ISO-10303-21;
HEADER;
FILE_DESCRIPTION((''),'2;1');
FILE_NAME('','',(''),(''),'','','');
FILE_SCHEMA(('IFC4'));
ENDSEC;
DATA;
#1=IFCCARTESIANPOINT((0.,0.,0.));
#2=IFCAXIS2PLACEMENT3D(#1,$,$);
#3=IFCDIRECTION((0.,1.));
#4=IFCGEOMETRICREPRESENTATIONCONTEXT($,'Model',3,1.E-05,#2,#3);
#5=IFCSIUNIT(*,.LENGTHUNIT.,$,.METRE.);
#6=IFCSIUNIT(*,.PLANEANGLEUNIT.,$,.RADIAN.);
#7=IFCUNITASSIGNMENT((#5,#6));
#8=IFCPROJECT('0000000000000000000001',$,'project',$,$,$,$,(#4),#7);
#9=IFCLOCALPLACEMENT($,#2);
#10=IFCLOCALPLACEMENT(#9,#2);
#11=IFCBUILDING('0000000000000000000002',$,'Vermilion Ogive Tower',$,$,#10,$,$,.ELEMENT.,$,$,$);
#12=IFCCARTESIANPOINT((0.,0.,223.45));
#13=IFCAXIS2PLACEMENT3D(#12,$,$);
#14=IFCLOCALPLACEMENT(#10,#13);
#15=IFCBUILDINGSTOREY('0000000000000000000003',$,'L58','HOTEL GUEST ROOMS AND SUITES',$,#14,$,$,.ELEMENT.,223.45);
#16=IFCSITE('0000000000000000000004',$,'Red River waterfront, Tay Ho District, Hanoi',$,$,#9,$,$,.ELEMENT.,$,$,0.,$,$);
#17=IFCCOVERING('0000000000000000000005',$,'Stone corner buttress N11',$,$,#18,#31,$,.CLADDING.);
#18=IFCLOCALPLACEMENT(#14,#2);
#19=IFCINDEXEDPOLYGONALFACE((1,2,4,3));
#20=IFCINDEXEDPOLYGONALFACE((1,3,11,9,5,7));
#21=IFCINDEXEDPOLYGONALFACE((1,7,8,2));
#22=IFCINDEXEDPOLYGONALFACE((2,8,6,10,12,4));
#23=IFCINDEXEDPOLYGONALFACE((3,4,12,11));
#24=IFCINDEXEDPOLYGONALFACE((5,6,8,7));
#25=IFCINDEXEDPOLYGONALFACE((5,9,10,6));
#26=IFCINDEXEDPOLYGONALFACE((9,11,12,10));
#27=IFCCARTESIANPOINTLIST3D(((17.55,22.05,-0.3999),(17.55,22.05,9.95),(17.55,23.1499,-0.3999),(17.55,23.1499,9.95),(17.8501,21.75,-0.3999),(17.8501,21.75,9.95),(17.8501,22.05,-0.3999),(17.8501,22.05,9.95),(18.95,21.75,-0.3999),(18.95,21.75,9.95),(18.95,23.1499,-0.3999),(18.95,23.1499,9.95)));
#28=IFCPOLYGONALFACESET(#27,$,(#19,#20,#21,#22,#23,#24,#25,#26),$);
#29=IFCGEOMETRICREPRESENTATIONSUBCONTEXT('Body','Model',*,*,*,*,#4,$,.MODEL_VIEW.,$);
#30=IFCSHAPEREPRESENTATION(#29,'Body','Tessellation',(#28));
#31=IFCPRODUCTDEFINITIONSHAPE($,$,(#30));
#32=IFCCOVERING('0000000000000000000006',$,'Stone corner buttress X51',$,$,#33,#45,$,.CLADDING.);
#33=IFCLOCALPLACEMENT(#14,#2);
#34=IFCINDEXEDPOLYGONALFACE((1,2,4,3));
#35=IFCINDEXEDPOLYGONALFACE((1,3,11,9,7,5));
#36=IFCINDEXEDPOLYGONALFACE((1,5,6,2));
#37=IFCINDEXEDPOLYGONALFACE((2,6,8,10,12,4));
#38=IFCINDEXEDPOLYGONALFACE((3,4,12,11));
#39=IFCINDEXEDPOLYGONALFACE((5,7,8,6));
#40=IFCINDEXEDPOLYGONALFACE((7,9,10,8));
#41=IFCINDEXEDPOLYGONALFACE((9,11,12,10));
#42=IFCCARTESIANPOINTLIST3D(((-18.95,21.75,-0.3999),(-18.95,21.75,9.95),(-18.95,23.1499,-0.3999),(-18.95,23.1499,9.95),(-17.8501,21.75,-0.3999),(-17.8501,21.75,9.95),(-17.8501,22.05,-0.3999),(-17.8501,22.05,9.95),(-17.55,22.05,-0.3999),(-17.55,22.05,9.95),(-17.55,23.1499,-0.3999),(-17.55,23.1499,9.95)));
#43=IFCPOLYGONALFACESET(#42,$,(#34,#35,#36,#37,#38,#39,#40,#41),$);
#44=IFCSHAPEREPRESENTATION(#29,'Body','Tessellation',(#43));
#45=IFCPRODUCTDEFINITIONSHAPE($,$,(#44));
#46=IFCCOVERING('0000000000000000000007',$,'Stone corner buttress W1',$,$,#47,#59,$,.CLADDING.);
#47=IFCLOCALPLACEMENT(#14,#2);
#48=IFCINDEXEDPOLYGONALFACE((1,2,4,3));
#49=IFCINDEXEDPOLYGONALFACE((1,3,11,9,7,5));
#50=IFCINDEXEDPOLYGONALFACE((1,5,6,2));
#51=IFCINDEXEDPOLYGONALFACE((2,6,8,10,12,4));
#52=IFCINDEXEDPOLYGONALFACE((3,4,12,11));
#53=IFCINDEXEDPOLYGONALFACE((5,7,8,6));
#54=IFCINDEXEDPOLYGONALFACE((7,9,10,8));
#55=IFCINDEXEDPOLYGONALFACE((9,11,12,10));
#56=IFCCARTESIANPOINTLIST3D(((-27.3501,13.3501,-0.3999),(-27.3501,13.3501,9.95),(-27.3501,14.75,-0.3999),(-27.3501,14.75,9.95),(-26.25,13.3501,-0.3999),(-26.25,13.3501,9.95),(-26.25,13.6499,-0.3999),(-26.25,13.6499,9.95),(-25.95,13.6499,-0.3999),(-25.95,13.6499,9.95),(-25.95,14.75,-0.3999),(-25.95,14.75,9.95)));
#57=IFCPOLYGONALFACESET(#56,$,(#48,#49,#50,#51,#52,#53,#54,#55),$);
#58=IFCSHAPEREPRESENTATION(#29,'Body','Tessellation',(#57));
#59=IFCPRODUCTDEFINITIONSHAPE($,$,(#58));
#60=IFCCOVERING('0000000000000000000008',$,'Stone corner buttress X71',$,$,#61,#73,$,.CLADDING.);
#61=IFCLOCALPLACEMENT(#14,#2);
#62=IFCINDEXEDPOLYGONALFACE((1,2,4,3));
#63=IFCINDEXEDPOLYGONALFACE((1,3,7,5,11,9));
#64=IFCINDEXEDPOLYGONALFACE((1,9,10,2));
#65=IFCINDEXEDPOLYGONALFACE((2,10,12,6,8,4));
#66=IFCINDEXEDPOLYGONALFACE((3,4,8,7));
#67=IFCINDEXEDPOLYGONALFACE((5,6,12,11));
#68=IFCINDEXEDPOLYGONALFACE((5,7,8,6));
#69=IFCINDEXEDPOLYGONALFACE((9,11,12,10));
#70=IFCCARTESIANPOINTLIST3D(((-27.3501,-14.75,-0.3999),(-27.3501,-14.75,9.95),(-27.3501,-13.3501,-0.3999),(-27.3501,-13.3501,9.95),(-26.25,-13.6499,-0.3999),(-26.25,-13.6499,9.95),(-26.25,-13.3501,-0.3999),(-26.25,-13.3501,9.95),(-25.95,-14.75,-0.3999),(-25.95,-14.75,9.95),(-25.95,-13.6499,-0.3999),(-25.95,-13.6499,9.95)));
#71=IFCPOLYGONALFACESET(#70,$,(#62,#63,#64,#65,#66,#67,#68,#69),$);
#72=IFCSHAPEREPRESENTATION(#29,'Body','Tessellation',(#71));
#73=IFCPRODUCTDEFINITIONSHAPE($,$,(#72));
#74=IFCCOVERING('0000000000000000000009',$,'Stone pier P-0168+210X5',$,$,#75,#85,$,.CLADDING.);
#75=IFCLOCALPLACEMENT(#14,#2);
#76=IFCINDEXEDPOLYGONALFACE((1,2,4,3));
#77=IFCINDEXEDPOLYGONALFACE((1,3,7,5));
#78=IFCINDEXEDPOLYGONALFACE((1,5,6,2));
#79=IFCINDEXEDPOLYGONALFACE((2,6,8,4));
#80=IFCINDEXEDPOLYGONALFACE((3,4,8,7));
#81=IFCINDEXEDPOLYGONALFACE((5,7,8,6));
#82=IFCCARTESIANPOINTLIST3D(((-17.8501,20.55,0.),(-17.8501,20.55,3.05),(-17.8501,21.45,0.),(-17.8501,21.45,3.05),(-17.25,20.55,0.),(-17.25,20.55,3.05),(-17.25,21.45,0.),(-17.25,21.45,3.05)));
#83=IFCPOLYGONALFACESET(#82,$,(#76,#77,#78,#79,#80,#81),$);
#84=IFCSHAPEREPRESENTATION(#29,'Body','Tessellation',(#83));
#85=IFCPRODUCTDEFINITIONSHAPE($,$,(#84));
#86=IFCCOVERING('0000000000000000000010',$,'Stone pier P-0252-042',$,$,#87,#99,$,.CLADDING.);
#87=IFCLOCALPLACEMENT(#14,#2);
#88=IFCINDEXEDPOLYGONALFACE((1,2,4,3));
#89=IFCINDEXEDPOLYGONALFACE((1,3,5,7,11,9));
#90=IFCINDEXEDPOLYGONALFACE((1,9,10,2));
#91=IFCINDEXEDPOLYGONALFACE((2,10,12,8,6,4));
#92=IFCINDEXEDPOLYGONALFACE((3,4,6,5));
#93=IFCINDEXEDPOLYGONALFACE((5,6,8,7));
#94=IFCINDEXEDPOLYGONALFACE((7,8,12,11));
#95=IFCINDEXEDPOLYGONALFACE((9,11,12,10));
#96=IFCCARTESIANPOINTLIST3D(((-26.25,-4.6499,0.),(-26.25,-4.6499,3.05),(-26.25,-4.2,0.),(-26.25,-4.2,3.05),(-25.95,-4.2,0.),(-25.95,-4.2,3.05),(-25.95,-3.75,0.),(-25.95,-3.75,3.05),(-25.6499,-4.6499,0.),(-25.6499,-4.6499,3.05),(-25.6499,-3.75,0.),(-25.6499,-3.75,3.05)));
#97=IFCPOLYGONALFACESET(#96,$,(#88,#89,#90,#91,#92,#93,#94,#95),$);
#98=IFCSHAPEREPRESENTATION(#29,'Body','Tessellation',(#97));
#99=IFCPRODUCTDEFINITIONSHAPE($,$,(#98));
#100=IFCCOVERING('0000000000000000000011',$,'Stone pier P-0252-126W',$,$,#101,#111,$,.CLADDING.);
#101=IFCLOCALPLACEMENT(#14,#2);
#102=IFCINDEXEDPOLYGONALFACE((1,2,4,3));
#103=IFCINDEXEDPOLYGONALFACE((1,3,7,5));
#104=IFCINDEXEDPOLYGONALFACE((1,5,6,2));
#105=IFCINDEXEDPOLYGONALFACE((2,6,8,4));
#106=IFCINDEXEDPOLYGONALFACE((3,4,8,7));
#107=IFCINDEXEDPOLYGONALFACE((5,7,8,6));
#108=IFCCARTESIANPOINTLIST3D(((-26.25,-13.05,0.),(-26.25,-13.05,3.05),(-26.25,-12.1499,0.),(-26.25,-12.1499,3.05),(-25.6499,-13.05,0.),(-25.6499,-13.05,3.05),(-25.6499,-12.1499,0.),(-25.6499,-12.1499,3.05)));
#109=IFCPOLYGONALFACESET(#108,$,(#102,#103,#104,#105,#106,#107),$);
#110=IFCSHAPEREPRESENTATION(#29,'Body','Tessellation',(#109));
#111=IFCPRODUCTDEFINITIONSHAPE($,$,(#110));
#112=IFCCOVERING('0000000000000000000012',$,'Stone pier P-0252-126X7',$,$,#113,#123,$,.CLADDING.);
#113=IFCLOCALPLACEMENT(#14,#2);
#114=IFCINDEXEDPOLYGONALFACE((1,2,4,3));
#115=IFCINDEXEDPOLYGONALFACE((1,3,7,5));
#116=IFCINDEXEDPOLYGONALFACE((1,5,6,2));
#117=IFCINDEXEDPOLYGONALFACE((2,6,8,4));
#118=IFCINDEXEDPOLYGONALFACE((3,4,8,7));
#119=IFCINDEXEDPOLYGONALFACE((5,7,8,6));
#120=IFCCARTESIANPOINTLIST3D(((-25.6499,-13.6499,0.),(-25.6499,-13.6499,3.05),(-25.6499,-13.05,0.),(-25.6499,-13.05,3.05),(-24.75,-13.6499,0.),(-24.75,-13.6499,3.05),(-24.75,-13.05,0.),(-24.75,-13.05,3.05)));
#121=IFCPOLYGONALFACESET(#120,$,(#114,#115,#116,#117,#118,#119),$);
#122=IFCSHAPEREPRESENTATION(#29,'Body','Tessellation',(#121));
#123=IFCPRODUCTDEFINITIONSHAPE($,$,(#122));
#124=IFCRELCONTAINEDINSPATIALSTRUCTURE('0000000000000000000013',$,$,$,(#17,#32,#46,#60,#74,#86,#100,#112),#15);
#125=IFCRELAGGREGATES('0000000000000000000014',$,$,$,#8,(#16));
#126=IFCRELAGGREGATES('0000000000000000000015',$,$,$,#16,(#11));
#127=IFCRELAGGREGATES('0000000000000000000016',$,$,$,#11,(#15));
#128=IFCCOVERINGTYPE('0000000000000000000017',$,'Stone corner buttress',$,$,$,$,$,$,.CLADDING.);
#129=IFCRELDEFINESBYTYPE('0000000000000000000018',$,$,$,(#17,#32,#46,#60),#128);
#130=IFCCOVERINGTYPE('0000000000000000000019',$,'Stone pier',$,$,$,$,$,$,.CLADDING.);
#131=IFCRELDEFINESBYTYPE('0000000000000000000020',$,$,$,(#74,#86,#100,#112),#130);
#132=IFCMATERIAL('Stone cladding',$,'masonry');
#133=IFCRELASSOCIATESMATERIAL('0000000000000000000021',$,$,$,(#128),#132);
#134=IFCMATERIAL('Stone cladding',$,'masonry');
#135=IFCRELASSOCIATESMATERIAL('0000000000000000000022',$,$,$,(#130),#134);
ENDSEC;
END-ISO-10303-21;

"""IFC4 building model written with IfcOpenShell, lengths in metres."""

from ifc_helpers import new_model, si_unit, direction, frame, origin, place, context, subcontext, project, spatial, polyline, outline, extrude, material, type_object, element, save


model = new_model("IFC4")

# Units and contexts
model_context = context("Model", 3, precision=1e-05, world=origin(), true_north=direction((0.0, 1.0)))
body_context = subcontext(model_context, "Body", "Model", "MODEL_VIEW")
ifc_project = project(units=[si_unit("LENGTHUNIT", "METRE"), si_unit("PLANEANGLEUNIT", "RADIAN")], contexts=[model_context])

# Site, building, storey
site_placement = place(None, origin())
site = spatial("IfcSite", under=ifc_project, at=site_placement, Name="Red River waterfront, Tay Ho District, Hanoi", CompositionType="ELEMENT", RefElevation=0.0)
building_placement = place(site_placement, origin())
building = spatial("IfcBuilding", under=site, at=building_placement, Name="Vermilion Ogive Tower", CompositionType="ELEMENT")
storey_placement = place(building_placement, frame((0.0, 0.0, 223.45)))
storey = spatial("IfcBuildingStorey", under=building, at=storey_placement, Name="L58", Description="HOTEL GUEST ROOMS AND SUITES", CompositionType="ELEMENT", Elevation=223.45)

# Coverings
ifc_material_1 = material(Name="Stone cladding", Category="masonry")
covering_type_1 = type_object("IfcCoveringType", Name="Stone corner buttress", PredefinedType="CLADDING", material=ifc_material_1)
covering_1_placement = place(storey_placement, frame((0.0, 0.0, -0.3999)))
element("IfcCovering", 1, at=covering_1_placement, inside=storey, type_object=covering_type_1, Name="Stone corner buttress N11", PredefinedType="CLADDING", context=body_context, shape_type="SweptSolid", body=[
    extrude(outline(polyline([(17.8501, 22.05), (17.55, 22.05), (17.55, 23.1499), (18.95, 23.1499), (18.95, 21.75), (17.8501, 21.75), (17.8501, 22.05)])), origin(), (0.0, 0.0, 1.0), 10.3499),
])
covering_2_placement = place(storey_placement, frame((0.0, 0.0, -0.3999)))
element("IfcCovering", 2, at=covering_2_placement, inside=storey, type_object=covering_type_1, Name="Stone corner buttress X51", PredefinedType="CLADDING", context=body_context, shape_type="SweptSolid", body=[
    extrude(outline(polyline([(-17.55, 23.1499), (-17.55, 22.05), (-17.8501, 22.05), (-17.8501, 21.75), (-18.95, 21.75), (-18.95, 23.1499), (-17.55, 23.1499)])), origin(), (0.0, 0.0, 1.0), 10.3499),
])
covering_3_placement = place(storey_placement, frame((0.0, 0.0, -0.3999)))
element("IfcCovering", 3, at=covering_3_placement, inside=storey, type_object=covering_type_1, Name="Stone corner buttress W1", PredefinedType="CLADDING", context=body_context, shape_type="SweptSolid", body=[
    extrude(outline(polyline([(-25.95, 13.6499), (-26.25, 13.6499), (-26.25, 13.3501), (-27.3501, 13.3501), (-27.3501, 14.75), (-25.95, 14.75), (-25.95, 13.6499)])), origin(), (0.0, 0.0, 1.0), 10.3499),
])
covering_4_placement = place(storey_placement, frame((0.0, 0.0, -0.3999)))
element("IfcCovering", 4, at=covering_4_placement, inside=storey, type_object=covering_type_1, Name="Stone corner buttress X71", PredefinedType="CLADDING", context=body_context, shape_type="SweptSolid", body=[
    extrude(outline(polyline([(-27.3501, -13.3501), (-26.25, -13.3501), (-26.25, -13.6499), (-25.95, -13.6499), (-25.95, -14.75), (-27.3501, -14.75), (-27.3501, -13.3501)])), origin(), (0.0, 0.0, 1.0), 10.3499),
])
ifc_material_2 = material(Name="Stone cladding", Category="masonry")
covering_type_2 = type_object("IfcCoveringType", Name="Stone pier", PredefinedType="CLADDING", material=ifc_material_2)
covering_5_placement = place(storey_placement, origin())
element("IfcCovering", 5, at=covering_5_placement, inside=storey, type_object=covering_type_2, Name="Stone pier P-0168+210X5", PredefinedType="CLADDING", context=body_context, shape_type="SweptSolid", body=[
    extrude(outline(polyline([(-17.8501, 21.45), (-17.25, 21.45), (-17.25, 21.45), (-17.25, 20.55), (-17.8501, 20.55), (-17.8501, 21.45)])), origin(), (0.0, 0.0, 1.0), 3.05),
])
covering_6_placement = place(storey_placement, origin())
element("IfcCovering", 6, at=covering_6_placement, inside=storey, type_object=covering_type_2, Name="Stone pier P-0252-042", PredefinedType="CLADDING", context=body_context, shape_type="SweptSolid", body=[
    extrude(outline(polyline([(-26.25, -4.6499), (-26.25, -4.2), (-25.95, -4.2), (-25.95, -3.75), (-25.6499, -3.75), (-25.6499, -4.6499), (-26.25, -4.6499)])), origin(), (0.0, 0.0, 1.0), 3.05),
])
covering_7_placement = place(storey_placement, origin())
element("IfcCovering", 7, at=covering_7_placement, inside=storey, type_object=covering_type_2, Name="Stone pier P-0252-126W", PredefinedType="CLADDING", context=body_context, shape_type="SweptSolid", body=[
    extrude(outline(polyline([(-26.25, -13.05), (-26.25, -12.1499), (-25.6499, -12.1499), (-25.6499, -13.05), (-26.25, -13.05)])), origin(), (0.0, 0.0, 1.0), 3.05),
])
covering_8_placement = place(storey_placement, origin())
element("IfcCovering", 8, at=covering_8_placement, inside=storey, type_object=covering_type_2, Name="Stone pier P-0252-126X7", PredefinedType="CLADDING", context=body_context, shape_type="SweptSolid", body=[
    extrude(outline(polyline([(-25.6499, -13.6499), (-25.6499, -13.05), (-24.75, -13.05), (-24.75, -13.6499), (-25.6499, -13.6499)])), origin(), (0.0, 0.0, 1.0), 3.05),
])

save(model, "model.ifc")
